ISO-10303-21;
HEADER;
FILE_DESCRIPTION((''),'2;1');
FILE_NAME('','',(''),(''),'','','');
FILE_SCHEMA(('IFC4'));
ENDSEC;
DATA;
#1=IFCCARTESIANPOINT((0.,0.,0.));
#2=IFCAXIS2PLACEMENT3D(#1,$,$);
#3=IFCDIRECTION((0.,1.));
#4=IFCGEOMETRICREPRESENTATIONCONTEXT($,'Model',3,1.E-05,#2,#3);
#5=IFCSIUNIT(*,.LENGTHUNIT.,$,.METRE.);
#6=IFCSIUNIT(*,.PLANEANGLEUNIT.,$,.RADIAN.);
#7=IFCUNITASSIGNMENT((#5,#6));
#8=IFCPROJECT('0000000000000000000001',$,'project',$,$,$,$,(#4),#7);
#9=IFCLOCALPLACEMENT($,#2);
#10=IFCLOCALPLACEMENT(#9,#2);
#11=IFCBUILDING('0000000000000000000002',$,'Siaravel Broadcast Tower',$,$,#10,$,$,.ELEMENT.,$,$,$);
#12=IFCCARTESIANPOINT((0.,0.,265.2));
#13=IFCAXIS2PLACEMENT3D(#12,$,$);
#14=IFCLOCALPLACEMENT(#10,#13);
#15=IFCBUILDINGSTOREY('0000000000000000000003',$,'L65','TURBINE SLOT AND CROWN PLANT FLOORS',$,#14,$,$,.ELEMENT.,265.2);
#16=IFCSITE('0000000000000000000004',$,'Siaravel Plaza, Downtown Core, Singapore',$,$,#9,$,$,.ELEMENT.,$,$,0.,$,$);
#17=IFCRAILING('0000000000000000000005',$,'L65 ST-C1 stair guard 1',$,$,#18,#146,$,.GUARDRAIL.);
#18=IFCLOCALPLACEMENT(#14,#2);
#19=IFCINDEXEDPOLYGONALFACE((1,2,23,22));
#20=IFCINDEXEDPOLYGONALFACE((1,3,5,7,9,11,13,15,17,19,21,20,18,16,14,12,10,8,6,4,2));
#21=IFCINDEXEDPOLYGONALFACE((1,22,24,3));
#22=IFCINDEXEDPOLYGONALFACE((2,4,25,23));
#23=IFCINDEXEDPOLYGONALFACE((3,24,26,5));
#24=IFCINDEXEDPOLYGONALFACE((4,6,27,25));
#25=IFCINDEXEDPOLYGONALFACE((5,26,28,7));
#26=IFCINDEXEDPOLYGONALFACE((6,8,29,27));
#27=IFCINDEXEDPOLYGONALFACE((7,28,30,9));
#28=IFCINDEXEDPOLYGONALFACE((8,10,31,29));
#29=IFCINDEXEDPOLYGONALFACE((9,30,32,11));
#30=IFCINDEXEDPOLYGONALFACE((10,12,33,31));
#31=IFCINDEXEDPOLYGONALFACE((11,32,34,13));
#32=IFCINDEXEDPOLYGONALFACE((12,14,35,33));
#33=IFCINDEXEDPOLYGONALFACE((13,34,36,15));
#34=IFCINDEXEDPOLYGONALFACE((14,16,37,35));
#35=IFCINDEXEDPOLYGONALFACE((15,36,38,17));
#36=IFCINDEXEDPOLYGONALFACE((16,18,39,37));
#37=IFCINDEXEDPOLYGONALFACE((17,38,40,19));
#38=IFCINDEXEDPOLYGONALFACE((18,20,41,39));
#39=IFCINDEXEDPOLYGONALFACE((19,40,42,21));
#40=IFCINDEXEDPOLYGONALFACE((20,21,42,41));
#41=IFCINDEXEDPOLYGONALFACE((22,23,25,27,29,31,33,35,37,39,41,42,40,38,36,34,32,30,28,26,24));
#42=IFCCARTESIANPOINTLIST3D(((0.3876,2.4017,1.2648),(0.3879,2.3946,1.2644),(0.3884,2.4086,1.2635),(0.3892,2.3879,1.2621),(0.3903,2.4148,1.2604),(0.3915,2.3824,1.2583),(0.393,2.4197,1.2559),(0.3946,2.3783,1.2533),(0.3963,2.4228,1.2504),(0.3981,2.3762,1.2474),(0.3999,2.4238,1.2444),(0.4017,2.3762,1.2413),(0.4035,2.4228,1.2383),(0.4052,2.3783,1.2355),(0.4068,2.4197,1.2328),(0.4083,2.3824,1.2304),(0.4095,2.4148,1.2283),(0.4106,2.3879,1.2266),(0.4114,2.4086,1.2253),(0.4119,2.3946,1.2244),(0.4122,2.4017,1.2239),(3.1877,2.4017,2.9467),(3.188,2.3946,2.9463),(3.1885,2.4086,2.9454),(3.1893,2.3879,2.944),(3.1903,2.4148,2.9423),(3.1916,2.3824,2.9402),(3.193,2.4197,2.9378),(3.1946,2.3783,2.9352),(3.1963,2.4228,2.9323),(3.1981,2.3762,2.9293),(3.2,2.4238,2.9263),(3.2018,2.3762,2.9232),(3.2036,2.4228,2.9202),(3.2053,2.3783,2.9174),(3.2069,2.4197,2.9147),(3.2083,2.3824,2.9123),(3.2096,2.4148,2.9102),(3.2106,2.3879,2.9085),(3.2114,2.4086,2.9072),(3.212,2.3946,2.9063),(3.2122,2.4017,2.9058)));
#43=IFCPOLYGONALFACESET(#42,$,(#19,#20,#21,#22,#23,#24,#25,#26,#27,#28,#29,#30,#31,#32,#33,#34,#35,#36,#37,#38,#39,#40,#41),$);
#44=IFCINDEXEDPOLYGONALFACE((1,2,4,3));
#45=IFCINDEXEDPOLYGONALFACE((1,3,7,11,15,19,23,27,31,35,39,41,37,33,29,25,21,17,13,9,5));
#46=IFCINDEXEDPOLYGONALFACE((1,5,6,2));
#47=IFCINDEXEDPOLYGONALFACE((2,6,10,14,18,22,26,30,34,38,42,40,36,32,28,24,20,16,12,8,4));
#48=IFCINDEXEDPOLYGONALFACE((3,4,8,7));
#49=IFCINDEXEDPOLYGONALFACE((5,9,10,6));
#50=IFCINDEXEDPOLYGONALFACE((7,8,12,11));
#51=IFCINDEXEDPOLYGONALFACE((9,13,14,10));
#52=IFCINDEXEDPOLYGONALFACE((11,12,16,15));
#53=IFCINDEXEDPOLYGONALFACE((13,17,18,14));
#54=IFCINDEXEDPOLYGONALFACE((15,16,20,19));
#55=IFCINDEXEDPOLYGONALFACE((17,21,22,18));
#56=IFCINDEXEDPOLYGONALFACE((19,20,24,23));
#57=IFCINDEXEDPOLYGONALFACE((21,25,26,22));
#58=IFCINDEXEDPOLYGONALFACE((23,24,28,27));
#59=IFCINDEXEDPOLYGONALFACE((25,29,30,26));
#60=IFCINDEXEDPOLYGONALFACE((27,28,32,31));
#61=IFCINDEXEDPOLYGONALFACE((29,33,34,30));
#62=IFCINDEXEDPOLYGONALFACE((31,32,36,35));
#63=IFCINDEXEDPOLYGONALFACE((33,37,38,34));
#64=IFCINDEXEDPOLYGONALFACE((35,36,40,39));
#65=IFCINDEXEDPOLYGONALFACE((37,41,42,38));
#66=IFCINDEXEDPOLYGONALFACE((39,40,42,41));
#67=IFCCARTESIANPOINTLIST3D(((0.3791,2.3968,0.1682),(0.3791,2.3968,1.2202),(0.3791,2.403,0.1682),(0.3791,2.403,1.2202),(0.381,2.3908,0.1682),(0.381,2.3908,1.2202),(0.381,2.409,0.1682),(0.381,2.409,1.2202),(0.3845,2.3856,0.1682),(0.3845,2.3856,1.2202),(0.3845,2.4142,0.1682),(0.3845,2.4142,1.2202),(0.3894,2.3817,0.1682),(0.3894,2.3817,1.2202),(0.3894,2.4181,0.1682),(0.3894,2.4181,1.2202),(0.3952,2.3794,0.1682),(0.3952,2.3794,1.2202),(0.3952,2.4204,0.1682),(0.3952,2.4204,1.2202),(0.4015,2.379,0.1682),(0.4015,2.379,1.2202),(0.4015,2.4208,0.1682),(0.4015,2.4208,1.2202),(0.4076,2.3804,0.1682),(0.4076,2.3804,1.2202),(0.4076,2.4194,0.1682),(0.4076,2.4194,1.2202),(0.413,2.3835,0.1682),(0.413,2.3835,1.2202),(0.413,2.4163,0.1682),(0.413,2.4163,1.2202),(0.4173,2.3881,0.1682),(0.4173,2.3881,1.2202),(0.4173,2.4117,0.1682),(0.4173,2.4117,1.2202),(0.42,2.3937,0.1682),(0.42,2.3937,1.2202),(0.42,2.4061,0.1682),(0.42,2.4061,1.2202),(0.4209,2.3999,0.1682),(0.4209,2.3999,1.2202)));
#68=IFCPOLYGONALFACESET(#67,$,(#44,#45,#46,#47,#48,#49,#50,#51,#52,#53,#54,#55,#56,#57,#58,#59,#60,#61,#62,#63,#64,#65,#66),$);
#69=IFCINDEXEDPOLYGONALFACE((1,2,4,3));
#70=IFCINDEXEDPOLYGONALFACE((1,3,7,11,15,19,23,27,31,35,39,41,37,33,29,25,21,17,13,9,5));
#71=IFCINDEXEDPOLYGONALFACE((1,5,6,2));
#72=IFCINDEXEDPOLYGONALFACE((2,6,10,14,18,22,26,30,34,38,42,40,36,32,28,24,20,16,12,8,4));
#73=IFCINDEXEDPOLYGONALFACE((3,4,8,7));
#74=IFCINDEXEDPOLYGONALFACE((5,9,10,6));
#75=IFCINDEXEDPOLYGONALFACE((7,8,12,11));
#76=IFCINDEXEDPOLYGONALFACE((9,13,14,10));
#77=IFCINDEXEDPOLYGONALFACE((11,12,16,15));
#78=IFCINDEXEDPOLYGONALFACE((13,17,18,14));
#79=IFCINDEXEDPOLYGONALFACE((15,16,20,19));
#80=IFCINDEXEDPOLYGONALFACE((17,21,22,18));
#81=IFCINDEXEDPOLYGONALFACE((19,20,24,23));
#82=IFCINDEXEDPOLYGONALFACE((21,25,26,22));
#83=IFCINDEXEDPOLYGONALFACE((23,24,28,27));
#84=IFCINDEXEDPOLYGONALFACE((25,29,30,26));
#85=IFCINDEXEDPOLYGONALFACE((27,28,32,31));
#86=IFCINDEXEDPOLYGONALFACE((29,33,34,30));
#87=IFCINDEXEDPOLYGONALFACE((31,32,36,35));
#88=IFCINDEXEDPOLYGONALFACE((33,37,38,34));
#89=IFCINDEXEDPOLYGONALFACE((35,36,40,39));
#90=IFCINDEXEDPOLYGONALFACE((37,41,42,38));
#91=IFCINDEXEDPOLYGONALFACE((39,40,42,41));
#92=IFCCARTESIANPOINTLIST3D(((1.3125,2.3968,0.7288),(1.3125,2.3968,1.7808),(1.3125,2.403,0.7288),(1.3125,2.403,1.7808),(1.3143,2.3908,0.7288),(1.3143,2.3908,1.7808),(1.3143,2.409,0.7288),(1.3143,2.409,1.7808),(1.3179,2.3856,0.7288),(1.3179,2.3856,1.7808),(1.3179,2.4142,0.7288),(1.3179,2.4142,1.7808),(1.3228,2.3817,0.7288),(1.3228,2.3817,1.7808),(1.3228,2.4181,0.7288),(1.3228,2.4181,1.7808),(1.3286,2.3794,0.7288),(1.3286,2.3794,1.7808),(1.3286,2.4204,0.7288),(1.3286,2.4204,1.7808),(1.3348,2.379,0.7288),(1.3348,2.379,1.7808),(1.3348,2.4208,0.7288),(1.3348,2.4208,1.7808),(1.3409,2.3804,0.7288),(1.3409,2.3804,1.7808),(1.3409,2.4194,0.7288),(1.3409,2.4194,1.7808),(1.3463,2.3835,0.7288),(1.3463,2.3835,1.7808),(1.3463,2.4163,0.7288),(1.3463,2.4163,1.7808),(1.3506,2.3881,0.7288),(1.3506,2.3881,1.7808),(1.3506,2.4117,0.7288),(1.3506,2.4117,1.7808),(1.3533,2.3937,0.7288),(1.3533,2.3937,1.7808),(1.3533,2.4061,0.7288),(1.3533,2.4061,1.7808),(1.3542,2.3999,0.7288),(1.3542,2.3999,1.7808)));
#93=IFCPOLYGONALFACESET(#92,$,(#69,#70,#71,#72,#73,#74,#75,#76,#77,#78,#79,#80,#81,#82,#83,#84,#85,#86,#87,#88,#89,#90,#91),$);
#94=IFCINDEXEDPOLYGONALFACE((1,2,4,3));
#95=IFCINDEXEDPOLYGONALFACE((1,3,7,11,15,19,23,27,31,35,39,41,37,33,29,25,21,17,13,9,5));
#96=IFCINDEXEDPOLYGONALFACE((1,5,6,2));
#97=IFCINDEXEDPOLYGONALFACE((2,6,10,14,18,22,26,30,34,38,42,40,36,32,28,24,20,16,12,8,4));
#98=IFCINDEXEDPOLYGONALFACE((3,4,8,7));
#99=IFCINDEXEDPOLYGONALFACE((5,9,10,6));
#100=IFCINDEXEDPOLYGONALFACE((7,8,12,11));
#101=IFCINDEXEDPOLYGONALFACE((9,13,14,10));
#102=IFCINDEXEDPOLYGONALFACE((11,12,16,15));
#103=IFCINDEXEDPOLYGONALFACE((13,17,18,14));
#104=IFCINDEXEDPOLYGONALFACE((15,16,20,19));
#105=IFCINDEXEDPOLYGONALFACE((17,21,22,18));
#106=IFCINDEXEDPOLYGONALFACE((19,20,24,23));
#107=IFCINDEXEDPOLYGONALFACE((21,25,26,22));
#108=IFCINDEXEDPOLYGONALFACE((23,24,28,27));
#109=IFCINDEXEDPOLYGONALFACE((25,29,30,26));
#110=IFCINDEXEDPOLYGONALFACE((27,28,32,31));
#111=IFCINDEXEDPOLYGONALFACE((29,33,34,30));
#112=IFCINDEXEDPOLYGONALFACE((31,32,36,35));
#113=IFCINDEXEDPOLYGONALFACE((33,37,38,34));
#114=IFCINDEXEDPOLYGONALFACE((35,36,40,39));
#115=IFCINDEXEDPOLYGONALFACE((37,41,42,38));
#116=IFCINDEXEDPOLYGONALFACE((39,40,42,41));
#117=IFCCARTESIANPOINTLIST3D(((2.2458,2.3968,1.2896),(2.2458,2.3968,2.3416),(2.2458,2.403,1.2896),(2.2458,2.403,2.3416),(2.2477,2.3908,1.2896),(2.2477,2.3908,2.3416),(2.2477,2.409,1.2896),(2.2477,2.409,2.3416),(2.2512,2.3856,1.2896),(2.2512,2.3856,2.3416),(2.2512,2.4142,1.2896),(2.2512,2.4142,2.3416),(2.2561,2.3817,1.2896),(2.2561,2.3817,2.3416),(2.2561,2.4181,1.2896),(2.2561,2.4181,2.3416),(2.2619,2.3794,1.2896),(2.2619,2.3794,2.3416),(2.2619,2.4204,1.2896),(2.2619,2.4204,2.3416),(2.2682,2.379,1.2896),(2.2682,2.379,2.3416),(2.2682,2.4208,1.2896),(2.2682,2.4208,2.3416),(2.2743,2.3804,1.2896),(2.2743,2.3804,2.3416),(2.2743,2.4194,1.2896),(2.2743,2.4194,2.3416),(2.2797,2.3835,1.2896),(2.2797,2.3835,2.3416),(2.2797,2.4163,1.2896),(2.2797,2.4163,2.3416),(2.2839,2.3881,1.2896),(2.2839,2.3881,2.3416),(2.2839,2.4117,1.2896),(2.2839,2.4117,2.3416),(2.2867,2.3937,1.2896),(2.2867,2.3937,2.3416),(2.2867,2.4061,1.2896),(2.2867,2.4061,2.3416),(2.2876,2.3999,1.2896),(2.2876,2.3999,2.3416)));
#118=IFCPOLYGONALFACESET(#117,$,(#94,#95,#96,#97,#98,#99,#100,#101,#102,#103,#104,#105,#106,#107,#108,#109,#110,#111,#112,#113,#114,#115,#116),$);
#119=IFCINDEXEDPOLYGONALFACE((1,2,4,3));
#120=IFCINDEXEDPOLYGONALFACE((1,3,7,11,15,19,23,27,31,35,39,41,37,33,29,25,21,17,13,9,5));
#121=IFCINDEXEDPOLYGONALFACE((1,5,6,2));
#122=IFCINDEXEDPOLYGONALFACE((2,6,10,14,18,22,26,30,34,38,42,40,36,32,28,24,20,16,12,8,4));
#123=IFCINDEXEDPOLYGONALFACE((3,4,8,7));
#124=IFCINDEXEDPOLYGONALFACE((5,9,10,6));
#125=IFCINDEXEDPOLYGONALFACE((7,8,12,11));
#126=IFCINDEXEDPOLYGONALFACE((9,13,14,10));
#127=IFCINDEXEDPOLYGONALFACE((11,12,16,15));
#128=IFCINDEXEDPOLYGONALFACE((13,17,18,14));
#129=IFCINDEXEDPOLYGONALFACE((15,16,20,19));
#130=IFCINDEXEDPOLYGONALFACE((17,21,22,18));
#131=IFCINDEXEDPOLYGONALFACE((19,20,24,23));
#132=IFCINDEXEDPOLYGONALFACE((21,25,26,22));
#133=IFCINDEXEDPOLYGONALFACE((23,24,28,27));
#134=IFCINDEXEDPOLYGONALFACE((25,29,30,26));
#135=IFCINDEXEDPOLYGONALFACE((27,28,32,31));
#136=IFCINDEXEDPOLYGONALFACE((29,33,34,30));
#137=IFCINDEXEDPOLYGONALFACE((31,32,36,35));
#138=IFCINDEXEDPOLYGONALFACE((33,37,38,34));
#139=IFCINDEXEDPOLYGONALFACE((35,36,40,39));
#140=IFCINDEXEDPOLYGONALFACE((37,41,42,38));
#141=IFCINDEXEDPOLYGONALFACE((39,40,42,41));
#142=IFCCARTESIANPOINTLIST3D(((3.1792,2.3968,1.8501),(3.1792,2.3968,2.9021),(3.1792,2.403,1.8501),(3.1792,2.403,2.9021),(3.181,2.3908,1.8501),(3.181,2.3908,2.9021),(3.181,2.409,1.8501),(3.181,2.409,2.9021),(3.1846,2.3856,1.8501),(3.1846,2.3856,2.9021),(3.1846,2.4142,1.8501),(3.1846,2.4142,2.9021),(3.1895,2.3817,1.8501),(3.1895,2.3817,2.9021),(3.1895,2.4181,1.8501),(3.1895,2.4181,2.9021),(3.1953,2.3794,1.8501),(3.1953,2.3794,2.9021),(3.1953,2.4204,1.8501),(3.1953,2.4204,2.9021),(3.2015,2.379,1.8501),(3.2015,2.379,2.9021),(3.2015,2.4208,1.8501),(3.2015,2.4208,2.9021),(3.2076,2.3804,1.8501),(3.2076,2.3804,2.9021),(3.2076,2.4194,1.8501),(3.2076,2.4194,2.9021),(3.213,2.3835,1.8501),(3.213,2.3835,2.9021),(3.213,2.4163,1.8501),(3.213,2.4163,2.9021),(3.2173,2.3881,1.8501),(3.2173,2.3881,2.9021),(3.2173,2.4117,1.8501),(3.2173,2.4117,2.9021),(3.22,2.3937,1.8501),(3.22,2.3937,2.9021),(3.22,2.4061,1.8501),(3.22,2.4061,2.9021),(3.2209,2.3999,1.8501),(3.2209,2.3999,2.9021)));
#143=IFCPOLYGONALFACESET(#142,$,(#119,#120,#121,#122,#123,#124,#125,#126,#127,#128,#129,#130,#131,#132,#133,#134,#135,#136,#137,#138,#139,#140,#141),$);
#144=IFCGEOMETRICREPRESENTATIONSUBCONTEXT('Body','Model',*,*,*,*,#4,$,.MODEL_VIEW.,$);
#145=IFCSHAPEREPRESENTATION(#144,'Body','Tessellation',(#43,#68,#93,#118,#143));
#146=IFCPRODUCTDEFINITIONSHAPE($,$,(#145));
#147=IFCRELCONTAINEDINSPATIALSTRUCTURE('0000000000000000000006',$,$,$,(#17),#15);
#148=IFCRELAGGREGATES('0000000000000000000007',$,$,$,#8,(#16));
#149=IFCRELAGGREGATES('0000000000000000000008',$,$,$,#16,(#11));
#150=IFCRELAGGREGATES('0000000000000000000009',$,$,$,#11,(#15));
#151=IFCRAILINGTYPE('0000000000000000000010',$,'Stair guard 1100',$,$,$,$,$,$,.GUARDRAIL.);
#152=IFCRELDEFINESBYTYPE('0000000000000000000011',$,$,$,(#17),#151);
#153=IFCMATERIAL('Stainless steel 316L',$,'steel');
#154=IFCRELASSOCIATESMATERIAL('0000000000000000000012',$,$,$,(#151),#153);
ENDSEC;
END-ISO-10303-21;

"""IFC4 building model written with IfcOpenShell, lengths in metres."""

from ifc_helpers import new_model, si_unit, direction, frame, origin, origin_2d, place, context, subcontext, project, spatial, circle, extrude, material, type_object, element, save


model = new_model("IFC4")

# Units and contexts
model_context = context("Model", 3, precision=1e-05, world=origin(), true_north=direction((0.0, 1.0)))
body_context = subcontext(model_context, "Body", "Model", "MODEL_VIEW")
ifc_project = project(units=[si_unit("LENGTHUNIT", "METRE"), si_unit("PLANEANGLEUNIT", "RADIAN")], contexts=[model_context])

# Site, building, storey
site_placement = place(None, origin())
site = spatial("IfcSite", under=ifc_project, at=site_placement, Name="Siaravel Plaza, Downtown Core, Singapore", CompositionType="ELEMENT", RefElevation=0.0)
building_placement = place(site_placement, origin())
building = spatial("IfcBuilding", under=site, at=building_placement, Name="Siaravel Broadcast Tower", CompositionType="ELEMENT")
storey_placement = place(building_placement, frame((0.0, 0.0, 265.2)))
storey = spatial("IfcBuildingStorey", under=building, at=storey_placement, Name="L65", Description="TURBINE SLOT AND CROWN PLANT FLOORS", CompositionType="ELEMENT", Elevation=265.2)

# Railing
ifc_material_1 = material(Name="Stainless steel 316L", Category="steel")
railing_type_1 = type_object("IfcRailingType", Name="Stair guard 1100", PredefinedType="GUARDRAIL", material=ifc_material_1)
railing_1_placement = place(storey_placement, frame((0.3999, 2.3999, 0.1682)))
element("IfcRailing", 1, at=railing_1_placement, inside=storey, type_object=railing_type_1, Name="L65 ST-C1 stair guard 1", PredefinedType="GUARDRAIL", context=body_context, shape_type="SweptSolid", body=[
    extrude(circle(Radius=0.0239, at=origin_2d()), frame((0.0, 0.0, 1.0762), z_axis=(0.857242, 0.0, 0.514913), x_axis=(0.0, 1.0, 0.0)), (0.0, 0.0, 1.0), 3.2664),
    extrude(circle(Radius=0.021, at=origin_2d()), origin(), (0.0, 0.0, 1.0), 1.052),
    extrude(circle(Radius=0.021, at=origin_2d()), frame((0.9333, 0.0, 0.5605)), (0.0, 0.0, 1.0), 1.052),
    extrude(circle(Radius=0.021, at=origin_2d()), frame((1.8667, 0.0, 1.1213)), (0.0, 0.0, 1.0), 1.052),
    extrude(circle(Radius=0.021, at=origin_2d()), frame((2.8, 0.0, 1.6819)), (0.0, 0.0, 1.0), 1.052),
])

save(model, "model.ifc")
